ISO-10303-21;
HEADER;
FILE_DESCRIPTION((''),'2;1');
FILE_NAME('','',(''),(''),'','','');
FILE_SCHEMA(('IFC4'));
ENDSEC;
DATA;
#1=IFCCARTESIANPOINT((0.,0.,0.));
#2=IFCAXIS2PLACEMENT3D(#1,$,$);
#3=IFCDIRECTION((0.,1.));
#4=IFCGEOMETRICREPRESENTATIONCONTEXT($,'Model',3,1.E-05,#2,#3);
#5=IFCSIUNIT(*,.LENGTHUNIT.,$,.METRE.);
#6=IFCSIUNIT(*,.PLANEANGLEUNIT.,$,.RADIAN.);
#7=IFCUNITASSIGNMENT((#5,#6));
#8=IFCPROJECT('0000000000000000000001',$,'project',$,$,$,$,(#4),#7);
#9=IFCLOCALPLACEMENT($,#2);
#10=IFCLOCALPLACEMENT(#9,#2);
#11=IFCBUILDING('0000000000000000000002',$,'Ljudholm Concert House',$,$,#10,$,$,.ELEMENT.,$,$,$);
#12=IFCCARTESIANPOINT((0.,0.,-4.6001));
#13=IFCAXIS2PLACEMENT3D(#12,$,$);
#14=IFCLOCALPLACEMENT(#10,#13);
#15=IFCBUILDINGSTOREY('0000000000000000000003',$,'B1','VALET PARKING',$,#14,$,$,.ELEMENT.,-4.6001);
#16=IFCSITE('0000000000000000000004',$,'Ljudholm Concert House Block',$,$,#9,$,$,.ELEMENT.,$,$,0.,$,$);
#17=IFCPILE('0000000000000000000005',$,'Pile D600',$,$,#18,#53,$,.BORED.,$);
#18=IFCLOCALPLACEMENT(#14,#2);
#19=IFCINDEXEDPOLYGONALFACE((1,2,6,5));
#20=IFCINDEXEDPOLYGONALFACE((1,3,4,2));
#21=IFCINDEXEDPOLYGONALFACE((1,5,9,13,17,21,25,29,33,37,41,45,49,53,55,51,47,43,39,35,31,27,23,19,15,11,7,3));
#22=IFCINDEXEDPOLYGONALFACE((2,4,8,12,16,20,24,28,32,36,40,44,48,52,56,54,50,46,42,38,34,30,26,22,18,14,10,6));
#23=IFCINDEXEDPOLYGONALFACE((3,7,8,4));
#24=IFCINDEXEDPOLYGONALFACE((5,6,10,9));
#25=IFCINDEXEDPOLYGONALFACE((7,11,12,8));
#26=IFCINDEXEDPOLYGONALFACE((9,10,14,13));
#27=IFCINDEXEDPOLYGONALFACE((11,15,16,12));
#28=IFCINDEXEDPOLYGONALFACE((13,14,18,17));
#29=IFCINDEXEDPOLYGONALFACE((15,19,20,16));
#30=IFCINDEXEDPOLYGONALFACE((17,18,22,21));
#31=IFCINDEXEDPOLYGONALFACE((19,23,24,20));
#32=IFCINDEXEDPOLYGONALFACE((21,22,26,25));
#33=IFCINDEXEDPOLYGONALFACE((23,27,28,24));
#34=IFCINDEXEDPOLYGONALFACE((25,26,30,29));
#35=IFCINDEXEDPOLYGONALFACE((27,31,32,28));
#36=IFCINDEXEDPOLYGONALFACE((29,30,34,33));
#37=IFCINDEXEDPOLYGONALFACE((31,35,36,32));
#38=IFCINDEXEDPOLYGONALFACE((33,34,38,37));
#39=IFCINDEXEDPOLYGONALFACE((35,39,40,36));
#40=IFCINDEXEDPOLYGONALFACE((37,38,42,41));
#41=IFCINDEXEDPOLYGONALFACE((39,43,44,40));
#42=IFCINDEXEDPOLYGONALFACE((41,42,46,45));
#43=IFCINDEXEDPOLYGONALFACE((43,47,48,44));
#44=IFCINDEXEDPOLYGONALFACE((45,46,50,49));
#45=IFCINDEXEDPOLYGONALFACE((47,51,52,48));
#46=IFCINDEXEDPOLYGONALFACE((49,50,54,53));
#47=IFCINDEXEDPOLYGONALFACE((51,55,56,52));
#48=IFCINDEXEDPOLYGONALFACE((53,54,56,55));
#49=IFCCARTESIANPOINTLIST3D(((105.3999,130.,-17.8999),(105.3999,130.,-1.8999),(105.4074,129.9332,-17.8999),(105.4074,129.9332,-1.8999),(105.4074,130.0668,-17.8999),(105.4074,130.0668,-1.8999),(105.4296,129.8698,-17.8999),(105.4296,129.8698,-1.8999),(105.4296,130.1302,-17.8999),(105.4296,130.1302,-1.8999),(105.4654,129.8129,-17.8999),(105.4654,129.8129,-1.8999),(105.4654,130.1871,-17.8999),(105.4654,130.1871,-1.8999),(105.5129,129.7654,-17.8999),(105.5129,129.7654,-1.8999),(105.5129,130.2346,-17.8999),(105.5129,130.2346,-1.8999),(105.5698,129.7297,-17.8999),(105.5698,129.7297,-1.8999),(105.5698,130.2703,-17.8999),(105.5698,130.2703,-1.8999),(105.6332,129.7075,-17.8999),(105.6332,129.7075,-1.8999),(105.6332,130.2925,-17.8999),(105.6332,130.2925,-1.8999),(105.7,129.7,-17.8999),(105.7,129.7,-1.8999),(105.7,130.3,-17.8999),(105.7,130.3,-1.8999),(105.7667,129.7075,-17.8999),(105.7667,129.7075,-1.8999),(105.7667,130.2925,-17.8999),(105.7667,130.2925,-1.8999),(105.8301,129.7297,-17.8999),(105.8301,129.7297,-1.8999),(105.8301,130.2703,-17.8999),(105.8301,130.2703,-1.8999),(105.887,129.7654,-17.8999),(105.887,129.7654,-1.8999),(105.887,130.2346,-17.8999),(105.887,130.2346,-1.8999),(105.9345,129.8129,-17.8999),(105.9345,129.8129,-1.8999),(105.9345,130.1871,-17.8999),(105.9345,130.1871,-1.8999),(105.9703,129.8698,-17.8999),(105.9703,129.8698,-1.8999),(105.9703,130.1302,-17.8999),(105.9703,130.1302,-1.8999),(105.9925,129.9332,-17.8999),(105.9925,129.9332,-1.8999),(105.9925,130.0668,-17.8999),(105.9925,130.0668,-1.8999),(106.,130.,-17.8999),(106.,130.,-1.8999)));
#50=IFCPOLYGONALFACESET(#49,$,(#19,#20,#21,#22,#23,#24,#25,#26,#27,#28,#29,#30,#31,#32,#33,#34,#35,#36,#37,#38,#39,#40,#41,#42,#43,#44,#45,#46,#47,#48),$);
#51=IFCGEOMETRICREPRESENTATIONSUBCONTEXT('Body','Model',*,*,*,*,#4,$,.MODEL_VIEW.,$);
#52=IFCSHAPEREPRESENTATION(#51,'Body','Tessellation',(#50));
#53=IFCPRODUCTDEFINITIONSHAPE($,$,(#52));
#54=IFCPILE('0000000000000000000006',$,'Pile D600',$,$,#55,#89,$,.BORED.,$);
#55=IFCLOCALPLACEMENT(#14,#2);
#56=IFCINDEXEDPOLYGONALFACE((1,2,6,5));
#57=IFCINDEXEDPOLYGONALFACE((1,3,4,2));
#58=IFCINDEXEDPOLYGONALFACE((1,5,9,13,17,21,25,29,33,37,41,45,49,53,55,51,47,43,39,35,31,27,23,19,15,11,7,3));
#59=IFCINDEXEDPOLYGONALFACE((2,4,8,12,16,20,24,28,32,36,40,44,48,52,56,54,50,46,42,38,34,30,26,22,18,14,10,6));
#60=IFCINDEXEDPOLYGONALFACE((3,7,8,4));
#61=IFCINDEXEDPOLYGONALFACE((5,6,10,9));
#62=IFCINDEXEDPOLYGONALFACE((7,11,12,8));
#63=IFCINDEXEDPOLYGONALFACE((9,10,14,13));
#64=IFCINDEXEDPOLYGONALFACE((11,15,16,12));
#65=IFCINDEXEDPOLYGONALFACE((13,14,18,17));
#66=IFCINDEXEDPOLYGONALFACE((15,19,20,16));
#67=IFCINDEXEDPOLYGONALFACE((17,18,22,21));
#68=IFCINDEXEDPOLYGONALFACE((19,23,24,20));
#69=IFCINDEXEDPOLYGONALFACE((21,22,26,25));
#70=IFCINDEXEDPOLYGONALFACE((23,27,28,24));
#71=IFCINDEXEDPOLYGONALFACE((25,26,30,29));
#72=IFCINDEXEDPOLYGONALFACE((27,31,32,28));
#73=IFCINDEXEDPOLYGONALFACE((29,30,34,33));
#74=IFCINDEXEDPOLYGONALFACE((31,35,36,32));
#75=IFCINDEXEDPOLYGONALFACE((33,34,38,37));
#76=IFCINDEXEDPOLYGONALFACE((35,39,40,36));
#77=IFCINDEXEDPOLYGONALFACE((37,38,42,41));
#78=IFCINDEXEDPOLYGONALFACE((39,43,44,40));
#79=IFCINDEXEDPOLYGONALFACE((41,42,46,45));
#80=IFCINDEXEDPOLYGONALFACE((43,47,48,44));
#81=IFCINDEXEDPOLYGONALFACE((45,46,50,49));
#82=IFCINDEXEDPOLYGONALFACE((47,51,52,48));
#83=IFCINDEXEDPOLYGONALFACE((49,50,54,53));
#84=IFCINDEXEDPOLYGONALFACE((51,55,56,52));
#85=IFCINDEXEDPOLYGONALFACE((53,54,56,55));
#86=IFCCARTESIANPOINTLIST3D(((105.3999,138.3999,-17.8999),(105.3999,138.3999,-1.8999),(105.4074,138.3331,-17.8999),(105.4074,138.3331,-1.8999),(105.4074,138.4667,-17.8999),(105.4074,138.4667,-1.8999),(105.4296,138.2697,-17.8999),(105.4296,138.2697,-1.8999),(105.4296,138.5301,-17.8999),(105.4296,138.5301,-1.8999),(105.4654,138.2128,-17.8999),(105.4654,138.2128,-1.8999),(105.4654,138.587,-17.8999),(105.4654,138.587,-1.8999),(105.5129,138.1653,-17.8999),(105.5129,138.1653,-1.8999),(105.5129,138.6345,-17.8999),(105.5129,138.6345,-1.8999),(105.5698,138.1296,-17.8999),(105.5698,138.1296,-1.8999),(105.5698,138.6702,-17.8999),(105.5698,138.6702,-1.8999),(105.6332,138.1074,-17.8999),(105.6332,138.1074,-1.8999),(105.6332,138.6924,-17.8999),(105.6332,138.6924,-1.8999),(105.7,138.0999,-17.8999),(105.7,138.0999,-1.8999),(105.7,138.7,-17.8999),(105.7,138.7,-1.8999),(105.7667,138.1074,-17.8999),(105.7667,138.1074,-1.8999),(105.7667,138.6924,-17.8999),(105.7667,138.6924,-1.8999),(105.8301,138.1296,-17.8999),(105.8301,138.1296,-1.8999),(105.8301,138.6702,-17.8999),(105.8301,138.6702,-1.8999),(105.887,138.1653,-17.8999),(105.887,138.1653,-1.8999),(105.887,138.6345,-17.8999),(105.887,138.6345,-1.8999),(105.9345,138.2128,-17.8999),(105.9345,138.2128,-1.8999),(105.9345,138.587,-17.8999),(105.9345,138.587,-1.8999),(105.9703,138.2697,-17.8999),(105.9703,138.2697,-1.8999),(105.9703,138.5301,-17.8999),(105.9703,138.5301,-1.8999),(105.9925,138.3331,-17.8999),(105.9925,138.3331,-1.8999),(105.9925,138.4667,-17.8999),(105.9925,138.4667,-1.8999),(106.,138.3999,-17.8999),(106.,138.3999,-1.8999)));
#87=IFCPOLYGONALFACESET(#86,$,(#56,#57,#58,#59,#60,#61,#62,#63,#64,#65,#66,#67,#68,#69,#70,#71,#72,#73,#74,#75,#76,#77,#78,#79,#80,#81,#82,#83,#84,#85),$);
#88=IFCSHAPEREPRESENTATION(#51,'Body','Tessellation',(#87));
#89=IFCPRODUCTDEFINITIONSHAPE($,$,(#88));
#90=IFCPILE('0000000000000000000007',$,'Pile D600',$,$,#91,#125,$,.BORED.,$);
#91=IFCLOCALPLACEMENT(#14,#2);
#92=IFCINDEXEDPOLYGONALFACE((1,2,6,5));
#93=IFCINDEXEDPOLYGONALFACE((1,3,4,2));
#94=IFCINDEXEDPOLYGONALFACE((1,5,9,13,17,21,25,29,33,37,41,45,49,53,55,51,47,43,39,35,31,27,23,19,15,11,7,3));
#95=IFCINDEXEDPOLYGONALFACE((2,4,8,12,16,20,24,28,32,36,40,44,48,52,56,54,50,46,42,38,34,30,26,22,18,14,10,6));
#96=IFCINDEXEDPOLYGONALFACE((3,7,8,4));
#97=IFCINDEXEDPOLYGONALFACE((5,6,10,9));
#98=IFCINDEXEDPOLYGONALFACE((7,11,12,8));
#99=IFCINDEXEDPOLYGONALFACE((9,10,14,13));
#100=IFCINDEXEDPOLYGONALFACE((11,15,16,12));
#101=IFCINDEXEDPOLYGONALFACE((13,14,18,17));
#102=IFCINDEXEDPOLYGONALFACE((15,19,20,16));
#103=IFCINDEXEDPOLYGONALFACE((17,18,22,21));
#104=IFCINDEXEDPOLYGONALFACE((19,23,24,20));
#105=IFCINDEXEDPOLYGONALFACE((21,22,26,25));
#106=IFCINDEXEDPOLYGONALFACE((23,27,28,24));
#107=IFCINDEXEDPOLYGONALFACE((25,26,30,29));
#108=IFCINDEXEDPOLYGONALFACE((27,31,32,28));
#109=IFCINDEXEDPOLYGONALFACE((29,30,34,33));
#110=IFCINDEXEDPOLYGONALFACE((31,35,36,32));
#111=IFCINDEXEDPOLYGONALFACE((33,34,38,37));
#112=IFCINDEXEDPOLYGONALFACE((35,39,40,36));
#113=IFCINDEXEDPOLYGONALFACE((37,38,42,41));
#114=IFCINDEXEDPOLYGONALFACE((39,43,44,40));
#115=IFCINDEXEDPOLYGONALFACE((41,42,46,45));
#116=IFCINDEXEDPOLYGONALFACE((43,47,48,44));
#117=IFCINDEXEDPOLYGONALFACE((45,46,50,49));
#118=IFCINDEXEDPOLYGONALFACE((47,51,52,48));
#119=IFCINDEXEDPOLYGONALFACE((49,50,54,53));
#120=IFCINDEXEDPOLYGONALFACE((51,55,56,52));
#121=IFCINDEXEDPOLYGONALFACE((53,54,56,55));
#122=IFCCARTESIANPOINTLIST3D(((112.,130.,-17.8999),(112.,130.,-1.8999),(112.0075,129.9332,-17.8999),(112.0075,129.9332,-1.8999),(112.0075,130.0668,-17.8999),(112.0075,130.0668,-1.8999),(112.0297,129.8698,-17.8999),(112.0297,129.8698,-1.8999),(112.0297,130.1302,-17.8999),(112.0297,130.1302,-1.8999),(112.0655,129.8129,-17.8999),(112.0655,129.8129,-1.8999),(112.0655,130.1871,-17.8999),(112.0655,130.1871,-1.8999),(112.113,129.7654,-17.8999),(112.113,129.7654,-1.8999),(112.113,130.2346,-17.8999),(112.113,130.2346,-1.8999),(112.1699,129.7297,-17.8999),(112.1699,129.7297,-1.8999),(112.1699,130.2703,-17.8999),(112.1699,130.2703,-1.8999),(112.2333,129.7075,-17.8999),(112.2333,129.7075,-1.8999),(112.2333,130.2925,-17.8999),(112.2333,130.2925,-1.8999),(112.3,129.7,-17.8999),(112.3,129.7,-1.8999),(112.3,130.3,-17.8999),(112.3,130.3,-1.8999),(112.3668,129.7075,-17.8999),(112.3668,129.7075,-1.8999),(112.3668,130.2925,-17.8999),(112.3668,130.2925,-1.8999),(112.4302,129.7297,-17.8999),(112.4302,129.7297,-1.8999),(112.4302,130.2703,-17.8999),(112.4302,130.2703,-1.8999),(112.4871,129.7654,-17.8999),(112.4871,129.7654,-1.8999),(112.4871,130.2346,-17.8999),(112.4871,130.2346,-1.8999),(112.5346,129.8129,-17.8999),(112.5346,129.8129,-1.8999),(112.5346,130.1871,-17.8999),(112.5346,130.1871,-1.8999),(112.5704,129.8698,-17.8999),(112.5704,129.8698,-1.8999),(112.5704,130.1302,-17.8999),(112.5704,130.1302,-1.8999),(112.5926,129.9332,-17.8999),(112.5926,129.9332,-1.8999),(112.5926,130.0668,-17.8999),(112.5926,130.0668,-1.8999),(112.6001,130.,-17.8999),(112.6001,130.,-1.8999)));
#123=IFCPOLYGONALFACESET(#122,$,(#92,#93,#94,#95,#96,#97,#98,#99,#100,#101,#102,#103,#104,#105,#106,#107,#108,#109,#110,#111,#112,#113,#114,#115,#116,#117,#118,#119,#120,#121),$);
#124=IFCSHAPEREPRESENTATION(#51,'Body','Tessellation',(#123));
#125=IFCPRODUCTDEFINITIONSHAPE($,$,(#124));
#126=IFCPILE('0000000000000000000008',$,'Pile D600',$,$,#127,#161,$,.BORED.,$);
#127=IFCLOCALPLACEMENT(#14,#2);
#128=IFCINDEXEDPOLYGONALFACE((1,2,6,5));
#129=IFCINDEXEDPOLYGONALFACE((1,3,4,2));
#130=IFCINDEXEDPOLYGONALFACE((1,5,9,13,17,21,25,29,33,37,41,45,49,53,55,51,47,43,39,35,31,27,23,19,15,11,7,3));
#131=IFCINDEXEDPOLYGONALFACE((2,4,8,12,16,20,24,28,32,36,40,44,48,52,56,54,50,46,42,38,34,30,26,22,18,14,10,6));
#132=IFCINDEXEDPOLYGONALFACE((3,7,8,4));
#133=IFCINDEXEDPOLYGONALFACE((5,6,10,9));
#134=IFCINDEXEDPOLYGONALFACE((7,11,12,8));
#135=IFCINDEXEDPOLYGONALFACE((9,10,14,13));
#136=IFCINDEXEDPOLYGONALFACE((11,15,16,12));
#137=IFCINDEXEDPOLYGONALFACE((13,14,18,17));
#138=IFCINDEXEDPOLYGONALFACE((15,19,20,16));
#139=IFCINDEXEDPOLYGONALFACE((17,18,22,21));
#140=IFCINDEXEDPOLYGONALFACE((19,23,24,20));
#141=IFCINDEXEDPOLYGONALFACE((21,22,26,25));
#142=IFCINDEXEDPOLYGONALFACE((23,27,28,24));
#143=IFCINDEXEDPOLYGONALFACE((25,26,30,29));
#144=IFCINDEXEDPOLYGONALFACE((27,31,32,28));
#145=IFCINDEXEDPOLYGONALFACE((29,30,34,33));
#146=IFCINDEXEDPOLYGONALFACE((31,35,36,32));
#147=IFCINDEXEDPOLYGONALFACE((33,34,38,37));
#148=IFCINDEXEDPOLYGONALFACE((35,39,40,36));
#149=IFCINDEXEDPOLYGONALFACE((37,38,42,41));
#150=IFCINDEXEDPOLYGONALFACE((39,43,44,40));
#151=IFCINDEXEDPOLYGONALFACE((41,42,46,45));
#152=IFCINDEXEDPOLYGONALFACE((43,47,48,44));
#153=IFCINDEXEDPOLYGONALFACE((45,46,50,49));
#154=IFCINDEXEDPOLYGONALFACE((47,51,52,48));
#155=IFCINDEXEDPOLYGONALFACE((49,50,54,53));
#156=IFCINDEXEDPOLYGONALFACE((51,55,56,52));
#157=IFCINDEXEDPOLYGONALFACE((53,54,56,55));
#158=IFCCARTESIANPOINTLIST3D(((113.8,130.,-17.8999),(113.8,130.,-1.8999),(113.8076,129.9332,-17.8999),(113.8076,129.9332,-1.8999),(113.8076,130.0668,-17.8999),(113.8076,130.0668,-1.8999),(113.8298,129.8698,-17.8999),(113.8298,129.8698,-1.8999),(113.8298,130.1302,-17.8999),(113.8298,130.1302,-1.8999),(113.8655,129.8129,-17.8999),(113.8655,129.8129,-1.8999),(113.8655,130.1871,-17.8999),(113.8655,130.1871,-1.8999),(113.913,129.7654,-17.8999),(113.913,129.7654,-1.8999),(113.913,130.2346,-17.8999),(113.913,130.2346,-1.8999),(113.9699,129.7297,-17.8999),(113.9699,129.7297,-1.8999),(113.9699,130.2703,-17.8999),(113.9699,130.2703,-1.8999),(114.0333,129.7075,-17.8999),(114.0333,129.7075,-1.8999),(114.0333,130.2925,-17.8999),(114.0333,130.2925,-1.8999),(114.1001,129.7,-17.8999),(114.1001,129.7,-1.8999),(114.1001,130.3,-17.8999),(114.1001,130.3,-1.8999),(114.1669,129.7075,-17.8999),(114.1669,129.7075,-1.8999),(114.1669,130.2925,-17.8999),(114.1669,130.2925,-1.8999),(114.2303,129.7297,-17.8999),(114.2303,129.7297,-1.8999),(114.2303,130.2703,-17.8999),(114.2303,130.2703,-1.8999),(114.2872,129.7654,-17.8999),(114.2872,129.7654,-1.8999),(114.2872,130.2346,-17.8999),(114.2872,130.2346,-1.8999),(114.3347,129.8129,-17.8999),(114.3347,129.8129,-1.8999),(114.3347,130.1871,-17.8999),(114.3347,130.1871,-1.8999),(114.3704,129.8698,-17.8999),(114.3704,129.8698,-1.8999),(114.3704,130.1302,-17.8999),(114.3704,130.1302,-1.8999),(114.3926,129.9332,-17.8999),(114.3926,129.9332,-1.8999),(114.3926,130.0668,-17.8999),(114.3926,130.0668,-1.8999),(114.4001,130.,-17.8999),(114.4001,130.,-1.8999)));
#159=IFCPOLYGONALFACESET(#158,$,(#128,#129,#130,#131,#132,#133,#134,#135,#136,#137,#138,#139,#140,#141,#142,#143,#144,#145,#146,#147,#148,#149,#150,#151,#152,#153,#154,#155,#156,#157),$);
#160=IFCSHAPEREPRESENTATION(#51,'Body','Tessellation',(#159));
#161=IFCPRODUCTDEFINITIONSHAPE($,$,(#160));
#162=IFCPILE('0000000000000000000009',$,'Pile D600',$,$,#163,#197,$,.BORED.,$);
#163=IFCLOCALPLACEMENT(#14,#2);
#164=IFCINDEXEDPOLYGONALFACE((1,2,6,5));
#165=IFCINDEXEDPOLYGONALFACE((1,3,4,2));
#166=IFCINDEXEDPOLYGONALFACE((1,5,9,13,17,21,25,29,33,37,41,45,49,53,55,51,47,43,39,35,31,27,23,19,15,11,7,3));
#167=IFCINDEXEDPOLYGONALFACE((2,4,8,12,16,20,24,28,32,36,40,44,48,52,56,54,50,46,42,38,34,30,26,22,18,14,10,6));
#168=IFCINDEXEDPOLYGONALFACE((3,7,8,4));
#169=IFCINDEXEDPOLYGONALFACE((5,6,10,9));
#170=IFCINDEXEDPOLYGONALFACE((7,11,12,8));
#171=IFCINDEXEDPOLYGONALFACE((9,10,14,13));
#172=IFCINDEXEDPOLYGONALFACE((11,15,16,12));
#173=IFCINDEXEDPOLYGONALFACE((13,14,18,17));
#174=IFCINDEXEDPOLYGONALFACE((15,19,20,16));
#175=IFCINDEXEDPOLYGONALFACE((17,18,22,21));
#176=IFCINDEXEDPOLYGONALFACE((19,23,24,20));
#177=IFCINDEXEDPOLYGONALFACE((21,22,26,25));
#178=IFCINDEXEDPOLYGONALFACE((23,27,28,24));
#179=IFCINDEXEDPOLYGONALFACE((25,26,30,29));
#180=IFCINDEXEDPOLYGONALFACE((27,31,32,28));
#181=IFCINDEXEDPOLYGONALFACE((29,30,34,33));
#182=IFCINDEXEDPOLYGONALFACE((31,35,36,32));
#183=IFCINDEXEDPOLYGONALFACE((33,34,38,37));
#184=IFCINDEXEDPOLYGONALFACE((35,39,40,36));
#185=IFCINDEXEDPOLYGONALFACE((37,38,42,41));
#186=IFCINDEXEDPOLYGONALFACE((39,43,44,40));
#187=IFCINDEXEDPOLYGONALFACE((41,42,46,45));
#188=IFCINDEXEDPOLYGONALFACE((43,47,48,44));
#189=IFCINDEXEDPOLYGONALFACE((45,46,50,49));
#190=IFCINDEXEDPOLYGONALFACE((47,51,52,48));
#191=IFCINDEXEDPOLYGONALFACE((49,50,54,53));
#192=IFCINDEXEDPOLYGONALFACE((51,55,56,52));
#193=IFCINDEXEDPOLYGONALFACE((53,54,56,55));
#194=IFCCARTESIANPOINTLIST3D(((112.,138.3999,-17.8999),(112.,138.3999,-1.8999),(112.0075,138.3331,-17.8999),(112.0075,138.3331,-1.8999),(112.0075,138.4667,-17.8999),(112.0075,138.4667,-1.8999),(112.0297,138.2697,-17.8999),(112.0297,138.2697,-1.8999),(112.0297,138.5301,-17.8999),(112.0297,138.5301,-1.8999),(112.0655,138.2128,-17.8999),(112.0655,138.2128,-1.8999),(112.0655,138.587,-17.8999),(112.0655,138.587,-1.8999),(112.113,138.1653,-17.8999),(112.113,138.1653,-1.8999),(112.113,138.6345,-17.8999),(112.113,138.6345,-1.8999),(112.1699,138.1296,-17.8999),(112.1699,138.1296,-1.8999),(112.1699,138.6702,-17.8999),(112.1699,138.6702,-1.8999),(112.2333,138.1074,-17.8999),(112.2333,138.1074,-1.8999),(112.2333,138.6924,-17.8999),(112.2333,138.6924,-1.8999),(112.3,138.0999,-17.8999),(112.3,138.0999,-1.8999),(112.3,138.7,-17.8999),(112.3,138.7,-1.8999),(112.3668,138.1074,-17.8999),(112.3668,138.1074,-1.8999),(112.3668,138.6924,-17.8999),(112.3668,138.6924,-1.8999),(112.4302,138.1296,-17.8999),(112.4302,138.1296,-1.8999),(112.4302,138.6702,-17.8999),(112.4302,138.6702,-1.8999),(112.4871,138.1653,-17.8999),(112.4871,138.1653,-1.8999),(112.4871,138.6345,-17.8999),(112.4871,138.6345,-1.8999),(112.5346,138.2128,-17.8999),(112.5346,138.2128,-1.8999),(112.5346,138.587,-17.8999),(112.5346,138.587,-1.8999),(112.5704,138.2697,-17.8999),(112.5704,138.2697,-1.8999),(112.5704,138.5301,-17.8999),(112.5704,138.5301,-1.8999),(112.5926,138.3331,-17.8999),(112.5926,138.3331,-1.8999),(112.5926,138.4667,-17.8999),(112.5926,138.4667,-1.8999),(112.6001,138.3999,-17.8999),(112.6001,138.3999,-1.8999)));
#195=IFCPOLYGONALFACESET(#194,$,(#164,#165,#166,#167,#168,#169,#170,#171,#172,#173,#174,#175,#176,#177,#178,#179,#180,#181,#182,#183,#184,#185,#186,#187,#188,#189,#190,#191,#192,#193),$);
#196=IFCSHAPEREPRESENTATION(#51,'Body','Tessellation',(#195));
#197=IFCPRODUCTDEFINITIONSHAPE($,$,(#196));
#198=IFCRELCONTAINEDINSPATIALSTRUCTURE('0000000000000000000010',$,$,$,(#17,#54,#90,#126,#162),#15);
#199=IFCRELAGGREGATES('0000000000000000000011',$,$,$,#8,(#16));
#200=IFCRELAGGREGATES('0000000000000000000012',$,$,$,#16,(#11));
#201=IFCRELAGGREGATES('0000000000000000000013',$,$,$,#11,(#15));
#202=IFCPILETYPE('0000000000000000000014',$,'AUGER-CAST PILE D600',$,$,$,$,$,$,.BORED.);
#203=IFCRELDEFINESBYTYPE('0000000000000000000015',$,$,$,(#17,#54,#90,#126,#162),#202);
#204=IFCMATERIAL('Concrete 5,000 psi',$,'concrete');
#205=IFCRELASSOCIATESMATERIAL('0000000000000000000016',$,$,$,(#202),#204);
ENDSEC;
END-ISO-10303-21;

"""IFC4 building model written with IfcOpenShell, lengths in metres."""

from ifc_helpers import new_model, si_unit, direction, frame, origin, origin_2d, place, context, subcontext, project, spatial, circle, extrude, material, material_profile, profile_set, type_object, element, save


model = new_model("IFC4")

# Units and contexts
model_context = context("Model", 3, precision=1e-05, world=origin(), true_north=direction((0.0, 1.0)))
body_context = subcontext(model_context, "Body", "Model", "MODEL_VIEW")
ifc_project = project(units=[si_unit("LENGTHUNIT", "METRE"), si_unit("PLANEANGLEUNIT", "RADIAN")], contexts=[model_context])

# Site, building, storey
site_placement = place(None, origin())
site = spatial("IfcSite", under=ifc_project, at=site_placement, Name="Ljudholm Concert House Block", CompositionType="ELEMENT", RefElevation=0.0)
building_placement = place(site_placement, origin())
building = spatial("IfcBuilding", under=site, at=building_placement, Name="Ljudholm Concert House", CompositionType="ELEMENT")
storey_placement = place(building_placement, frame((0.0, 0.0, -4.6001)))
storey = spatial("IfcBuildingStorey", under=building, at=storey_placement, Name="B1", Description="VALET PARKING", CompositionType="ELEMENT", Elevation=-4.6001)

# Piles
ifc_material_1 = material(Name="Concrete 5,000 psi", Category="concrete")
ifc_material_profile_1 = material_profile(ifc_material_1, circle(Radius=0.3, at=origin_2d()), Name="AUGER-CAST PILE D600")
ifc_profile_set_1 = profile_set([ifc_material_profile_1], Name="Concrete 5,000 psi")
pile_type = type_object("IfcPileType", Name="AUGER-CAST PILE D600", PredefinedType="BORED", material=ifc_profile_set_1)
for number, where, z_axis, x_axis, name in (
    (1, (105.7, 130.0, -1.8999), (0.0, 0.0, -1.0), (1.0, 0.0, 0.0), "Pile D600"),
    (2, (105.7, 138.3999, -1.8999), (0.0, 0.0, -1.0), (1.0, 0.0, 0.0), "Pile D600"),
    (3, (112.3, 130.0, -1.8999), (0.0, 0.0, -1.0), (1.0, 0.0, 0.0), "Pile D600"),
    (4, (114.1001, 130.0, -1.8999), (0.0, 0.0, -1.0), (1.0, 0.0, 0.0), "Pile D600"),
    (5, (112.3, 138.3999, -1.8999), (0.0, 0.0, -1.0), (1.0, 0.0, 0.0), "Pile D600"),
):
    element("IfcPile", number, at=place(storey_placement, frame(where, z_axis=z_axis, x_axis=x_axis)), inside=storey, type_object=pile_type, Name=name, PredefinedType="BORED", context=body_context, shape_type="SweptSolid", body=[
        extrude(circle(Radius=0.3, at=origin_2d()), origin(), (0.0, 0.0, 1.0), 16.0),
    ])

save(model, "model.ifc")
